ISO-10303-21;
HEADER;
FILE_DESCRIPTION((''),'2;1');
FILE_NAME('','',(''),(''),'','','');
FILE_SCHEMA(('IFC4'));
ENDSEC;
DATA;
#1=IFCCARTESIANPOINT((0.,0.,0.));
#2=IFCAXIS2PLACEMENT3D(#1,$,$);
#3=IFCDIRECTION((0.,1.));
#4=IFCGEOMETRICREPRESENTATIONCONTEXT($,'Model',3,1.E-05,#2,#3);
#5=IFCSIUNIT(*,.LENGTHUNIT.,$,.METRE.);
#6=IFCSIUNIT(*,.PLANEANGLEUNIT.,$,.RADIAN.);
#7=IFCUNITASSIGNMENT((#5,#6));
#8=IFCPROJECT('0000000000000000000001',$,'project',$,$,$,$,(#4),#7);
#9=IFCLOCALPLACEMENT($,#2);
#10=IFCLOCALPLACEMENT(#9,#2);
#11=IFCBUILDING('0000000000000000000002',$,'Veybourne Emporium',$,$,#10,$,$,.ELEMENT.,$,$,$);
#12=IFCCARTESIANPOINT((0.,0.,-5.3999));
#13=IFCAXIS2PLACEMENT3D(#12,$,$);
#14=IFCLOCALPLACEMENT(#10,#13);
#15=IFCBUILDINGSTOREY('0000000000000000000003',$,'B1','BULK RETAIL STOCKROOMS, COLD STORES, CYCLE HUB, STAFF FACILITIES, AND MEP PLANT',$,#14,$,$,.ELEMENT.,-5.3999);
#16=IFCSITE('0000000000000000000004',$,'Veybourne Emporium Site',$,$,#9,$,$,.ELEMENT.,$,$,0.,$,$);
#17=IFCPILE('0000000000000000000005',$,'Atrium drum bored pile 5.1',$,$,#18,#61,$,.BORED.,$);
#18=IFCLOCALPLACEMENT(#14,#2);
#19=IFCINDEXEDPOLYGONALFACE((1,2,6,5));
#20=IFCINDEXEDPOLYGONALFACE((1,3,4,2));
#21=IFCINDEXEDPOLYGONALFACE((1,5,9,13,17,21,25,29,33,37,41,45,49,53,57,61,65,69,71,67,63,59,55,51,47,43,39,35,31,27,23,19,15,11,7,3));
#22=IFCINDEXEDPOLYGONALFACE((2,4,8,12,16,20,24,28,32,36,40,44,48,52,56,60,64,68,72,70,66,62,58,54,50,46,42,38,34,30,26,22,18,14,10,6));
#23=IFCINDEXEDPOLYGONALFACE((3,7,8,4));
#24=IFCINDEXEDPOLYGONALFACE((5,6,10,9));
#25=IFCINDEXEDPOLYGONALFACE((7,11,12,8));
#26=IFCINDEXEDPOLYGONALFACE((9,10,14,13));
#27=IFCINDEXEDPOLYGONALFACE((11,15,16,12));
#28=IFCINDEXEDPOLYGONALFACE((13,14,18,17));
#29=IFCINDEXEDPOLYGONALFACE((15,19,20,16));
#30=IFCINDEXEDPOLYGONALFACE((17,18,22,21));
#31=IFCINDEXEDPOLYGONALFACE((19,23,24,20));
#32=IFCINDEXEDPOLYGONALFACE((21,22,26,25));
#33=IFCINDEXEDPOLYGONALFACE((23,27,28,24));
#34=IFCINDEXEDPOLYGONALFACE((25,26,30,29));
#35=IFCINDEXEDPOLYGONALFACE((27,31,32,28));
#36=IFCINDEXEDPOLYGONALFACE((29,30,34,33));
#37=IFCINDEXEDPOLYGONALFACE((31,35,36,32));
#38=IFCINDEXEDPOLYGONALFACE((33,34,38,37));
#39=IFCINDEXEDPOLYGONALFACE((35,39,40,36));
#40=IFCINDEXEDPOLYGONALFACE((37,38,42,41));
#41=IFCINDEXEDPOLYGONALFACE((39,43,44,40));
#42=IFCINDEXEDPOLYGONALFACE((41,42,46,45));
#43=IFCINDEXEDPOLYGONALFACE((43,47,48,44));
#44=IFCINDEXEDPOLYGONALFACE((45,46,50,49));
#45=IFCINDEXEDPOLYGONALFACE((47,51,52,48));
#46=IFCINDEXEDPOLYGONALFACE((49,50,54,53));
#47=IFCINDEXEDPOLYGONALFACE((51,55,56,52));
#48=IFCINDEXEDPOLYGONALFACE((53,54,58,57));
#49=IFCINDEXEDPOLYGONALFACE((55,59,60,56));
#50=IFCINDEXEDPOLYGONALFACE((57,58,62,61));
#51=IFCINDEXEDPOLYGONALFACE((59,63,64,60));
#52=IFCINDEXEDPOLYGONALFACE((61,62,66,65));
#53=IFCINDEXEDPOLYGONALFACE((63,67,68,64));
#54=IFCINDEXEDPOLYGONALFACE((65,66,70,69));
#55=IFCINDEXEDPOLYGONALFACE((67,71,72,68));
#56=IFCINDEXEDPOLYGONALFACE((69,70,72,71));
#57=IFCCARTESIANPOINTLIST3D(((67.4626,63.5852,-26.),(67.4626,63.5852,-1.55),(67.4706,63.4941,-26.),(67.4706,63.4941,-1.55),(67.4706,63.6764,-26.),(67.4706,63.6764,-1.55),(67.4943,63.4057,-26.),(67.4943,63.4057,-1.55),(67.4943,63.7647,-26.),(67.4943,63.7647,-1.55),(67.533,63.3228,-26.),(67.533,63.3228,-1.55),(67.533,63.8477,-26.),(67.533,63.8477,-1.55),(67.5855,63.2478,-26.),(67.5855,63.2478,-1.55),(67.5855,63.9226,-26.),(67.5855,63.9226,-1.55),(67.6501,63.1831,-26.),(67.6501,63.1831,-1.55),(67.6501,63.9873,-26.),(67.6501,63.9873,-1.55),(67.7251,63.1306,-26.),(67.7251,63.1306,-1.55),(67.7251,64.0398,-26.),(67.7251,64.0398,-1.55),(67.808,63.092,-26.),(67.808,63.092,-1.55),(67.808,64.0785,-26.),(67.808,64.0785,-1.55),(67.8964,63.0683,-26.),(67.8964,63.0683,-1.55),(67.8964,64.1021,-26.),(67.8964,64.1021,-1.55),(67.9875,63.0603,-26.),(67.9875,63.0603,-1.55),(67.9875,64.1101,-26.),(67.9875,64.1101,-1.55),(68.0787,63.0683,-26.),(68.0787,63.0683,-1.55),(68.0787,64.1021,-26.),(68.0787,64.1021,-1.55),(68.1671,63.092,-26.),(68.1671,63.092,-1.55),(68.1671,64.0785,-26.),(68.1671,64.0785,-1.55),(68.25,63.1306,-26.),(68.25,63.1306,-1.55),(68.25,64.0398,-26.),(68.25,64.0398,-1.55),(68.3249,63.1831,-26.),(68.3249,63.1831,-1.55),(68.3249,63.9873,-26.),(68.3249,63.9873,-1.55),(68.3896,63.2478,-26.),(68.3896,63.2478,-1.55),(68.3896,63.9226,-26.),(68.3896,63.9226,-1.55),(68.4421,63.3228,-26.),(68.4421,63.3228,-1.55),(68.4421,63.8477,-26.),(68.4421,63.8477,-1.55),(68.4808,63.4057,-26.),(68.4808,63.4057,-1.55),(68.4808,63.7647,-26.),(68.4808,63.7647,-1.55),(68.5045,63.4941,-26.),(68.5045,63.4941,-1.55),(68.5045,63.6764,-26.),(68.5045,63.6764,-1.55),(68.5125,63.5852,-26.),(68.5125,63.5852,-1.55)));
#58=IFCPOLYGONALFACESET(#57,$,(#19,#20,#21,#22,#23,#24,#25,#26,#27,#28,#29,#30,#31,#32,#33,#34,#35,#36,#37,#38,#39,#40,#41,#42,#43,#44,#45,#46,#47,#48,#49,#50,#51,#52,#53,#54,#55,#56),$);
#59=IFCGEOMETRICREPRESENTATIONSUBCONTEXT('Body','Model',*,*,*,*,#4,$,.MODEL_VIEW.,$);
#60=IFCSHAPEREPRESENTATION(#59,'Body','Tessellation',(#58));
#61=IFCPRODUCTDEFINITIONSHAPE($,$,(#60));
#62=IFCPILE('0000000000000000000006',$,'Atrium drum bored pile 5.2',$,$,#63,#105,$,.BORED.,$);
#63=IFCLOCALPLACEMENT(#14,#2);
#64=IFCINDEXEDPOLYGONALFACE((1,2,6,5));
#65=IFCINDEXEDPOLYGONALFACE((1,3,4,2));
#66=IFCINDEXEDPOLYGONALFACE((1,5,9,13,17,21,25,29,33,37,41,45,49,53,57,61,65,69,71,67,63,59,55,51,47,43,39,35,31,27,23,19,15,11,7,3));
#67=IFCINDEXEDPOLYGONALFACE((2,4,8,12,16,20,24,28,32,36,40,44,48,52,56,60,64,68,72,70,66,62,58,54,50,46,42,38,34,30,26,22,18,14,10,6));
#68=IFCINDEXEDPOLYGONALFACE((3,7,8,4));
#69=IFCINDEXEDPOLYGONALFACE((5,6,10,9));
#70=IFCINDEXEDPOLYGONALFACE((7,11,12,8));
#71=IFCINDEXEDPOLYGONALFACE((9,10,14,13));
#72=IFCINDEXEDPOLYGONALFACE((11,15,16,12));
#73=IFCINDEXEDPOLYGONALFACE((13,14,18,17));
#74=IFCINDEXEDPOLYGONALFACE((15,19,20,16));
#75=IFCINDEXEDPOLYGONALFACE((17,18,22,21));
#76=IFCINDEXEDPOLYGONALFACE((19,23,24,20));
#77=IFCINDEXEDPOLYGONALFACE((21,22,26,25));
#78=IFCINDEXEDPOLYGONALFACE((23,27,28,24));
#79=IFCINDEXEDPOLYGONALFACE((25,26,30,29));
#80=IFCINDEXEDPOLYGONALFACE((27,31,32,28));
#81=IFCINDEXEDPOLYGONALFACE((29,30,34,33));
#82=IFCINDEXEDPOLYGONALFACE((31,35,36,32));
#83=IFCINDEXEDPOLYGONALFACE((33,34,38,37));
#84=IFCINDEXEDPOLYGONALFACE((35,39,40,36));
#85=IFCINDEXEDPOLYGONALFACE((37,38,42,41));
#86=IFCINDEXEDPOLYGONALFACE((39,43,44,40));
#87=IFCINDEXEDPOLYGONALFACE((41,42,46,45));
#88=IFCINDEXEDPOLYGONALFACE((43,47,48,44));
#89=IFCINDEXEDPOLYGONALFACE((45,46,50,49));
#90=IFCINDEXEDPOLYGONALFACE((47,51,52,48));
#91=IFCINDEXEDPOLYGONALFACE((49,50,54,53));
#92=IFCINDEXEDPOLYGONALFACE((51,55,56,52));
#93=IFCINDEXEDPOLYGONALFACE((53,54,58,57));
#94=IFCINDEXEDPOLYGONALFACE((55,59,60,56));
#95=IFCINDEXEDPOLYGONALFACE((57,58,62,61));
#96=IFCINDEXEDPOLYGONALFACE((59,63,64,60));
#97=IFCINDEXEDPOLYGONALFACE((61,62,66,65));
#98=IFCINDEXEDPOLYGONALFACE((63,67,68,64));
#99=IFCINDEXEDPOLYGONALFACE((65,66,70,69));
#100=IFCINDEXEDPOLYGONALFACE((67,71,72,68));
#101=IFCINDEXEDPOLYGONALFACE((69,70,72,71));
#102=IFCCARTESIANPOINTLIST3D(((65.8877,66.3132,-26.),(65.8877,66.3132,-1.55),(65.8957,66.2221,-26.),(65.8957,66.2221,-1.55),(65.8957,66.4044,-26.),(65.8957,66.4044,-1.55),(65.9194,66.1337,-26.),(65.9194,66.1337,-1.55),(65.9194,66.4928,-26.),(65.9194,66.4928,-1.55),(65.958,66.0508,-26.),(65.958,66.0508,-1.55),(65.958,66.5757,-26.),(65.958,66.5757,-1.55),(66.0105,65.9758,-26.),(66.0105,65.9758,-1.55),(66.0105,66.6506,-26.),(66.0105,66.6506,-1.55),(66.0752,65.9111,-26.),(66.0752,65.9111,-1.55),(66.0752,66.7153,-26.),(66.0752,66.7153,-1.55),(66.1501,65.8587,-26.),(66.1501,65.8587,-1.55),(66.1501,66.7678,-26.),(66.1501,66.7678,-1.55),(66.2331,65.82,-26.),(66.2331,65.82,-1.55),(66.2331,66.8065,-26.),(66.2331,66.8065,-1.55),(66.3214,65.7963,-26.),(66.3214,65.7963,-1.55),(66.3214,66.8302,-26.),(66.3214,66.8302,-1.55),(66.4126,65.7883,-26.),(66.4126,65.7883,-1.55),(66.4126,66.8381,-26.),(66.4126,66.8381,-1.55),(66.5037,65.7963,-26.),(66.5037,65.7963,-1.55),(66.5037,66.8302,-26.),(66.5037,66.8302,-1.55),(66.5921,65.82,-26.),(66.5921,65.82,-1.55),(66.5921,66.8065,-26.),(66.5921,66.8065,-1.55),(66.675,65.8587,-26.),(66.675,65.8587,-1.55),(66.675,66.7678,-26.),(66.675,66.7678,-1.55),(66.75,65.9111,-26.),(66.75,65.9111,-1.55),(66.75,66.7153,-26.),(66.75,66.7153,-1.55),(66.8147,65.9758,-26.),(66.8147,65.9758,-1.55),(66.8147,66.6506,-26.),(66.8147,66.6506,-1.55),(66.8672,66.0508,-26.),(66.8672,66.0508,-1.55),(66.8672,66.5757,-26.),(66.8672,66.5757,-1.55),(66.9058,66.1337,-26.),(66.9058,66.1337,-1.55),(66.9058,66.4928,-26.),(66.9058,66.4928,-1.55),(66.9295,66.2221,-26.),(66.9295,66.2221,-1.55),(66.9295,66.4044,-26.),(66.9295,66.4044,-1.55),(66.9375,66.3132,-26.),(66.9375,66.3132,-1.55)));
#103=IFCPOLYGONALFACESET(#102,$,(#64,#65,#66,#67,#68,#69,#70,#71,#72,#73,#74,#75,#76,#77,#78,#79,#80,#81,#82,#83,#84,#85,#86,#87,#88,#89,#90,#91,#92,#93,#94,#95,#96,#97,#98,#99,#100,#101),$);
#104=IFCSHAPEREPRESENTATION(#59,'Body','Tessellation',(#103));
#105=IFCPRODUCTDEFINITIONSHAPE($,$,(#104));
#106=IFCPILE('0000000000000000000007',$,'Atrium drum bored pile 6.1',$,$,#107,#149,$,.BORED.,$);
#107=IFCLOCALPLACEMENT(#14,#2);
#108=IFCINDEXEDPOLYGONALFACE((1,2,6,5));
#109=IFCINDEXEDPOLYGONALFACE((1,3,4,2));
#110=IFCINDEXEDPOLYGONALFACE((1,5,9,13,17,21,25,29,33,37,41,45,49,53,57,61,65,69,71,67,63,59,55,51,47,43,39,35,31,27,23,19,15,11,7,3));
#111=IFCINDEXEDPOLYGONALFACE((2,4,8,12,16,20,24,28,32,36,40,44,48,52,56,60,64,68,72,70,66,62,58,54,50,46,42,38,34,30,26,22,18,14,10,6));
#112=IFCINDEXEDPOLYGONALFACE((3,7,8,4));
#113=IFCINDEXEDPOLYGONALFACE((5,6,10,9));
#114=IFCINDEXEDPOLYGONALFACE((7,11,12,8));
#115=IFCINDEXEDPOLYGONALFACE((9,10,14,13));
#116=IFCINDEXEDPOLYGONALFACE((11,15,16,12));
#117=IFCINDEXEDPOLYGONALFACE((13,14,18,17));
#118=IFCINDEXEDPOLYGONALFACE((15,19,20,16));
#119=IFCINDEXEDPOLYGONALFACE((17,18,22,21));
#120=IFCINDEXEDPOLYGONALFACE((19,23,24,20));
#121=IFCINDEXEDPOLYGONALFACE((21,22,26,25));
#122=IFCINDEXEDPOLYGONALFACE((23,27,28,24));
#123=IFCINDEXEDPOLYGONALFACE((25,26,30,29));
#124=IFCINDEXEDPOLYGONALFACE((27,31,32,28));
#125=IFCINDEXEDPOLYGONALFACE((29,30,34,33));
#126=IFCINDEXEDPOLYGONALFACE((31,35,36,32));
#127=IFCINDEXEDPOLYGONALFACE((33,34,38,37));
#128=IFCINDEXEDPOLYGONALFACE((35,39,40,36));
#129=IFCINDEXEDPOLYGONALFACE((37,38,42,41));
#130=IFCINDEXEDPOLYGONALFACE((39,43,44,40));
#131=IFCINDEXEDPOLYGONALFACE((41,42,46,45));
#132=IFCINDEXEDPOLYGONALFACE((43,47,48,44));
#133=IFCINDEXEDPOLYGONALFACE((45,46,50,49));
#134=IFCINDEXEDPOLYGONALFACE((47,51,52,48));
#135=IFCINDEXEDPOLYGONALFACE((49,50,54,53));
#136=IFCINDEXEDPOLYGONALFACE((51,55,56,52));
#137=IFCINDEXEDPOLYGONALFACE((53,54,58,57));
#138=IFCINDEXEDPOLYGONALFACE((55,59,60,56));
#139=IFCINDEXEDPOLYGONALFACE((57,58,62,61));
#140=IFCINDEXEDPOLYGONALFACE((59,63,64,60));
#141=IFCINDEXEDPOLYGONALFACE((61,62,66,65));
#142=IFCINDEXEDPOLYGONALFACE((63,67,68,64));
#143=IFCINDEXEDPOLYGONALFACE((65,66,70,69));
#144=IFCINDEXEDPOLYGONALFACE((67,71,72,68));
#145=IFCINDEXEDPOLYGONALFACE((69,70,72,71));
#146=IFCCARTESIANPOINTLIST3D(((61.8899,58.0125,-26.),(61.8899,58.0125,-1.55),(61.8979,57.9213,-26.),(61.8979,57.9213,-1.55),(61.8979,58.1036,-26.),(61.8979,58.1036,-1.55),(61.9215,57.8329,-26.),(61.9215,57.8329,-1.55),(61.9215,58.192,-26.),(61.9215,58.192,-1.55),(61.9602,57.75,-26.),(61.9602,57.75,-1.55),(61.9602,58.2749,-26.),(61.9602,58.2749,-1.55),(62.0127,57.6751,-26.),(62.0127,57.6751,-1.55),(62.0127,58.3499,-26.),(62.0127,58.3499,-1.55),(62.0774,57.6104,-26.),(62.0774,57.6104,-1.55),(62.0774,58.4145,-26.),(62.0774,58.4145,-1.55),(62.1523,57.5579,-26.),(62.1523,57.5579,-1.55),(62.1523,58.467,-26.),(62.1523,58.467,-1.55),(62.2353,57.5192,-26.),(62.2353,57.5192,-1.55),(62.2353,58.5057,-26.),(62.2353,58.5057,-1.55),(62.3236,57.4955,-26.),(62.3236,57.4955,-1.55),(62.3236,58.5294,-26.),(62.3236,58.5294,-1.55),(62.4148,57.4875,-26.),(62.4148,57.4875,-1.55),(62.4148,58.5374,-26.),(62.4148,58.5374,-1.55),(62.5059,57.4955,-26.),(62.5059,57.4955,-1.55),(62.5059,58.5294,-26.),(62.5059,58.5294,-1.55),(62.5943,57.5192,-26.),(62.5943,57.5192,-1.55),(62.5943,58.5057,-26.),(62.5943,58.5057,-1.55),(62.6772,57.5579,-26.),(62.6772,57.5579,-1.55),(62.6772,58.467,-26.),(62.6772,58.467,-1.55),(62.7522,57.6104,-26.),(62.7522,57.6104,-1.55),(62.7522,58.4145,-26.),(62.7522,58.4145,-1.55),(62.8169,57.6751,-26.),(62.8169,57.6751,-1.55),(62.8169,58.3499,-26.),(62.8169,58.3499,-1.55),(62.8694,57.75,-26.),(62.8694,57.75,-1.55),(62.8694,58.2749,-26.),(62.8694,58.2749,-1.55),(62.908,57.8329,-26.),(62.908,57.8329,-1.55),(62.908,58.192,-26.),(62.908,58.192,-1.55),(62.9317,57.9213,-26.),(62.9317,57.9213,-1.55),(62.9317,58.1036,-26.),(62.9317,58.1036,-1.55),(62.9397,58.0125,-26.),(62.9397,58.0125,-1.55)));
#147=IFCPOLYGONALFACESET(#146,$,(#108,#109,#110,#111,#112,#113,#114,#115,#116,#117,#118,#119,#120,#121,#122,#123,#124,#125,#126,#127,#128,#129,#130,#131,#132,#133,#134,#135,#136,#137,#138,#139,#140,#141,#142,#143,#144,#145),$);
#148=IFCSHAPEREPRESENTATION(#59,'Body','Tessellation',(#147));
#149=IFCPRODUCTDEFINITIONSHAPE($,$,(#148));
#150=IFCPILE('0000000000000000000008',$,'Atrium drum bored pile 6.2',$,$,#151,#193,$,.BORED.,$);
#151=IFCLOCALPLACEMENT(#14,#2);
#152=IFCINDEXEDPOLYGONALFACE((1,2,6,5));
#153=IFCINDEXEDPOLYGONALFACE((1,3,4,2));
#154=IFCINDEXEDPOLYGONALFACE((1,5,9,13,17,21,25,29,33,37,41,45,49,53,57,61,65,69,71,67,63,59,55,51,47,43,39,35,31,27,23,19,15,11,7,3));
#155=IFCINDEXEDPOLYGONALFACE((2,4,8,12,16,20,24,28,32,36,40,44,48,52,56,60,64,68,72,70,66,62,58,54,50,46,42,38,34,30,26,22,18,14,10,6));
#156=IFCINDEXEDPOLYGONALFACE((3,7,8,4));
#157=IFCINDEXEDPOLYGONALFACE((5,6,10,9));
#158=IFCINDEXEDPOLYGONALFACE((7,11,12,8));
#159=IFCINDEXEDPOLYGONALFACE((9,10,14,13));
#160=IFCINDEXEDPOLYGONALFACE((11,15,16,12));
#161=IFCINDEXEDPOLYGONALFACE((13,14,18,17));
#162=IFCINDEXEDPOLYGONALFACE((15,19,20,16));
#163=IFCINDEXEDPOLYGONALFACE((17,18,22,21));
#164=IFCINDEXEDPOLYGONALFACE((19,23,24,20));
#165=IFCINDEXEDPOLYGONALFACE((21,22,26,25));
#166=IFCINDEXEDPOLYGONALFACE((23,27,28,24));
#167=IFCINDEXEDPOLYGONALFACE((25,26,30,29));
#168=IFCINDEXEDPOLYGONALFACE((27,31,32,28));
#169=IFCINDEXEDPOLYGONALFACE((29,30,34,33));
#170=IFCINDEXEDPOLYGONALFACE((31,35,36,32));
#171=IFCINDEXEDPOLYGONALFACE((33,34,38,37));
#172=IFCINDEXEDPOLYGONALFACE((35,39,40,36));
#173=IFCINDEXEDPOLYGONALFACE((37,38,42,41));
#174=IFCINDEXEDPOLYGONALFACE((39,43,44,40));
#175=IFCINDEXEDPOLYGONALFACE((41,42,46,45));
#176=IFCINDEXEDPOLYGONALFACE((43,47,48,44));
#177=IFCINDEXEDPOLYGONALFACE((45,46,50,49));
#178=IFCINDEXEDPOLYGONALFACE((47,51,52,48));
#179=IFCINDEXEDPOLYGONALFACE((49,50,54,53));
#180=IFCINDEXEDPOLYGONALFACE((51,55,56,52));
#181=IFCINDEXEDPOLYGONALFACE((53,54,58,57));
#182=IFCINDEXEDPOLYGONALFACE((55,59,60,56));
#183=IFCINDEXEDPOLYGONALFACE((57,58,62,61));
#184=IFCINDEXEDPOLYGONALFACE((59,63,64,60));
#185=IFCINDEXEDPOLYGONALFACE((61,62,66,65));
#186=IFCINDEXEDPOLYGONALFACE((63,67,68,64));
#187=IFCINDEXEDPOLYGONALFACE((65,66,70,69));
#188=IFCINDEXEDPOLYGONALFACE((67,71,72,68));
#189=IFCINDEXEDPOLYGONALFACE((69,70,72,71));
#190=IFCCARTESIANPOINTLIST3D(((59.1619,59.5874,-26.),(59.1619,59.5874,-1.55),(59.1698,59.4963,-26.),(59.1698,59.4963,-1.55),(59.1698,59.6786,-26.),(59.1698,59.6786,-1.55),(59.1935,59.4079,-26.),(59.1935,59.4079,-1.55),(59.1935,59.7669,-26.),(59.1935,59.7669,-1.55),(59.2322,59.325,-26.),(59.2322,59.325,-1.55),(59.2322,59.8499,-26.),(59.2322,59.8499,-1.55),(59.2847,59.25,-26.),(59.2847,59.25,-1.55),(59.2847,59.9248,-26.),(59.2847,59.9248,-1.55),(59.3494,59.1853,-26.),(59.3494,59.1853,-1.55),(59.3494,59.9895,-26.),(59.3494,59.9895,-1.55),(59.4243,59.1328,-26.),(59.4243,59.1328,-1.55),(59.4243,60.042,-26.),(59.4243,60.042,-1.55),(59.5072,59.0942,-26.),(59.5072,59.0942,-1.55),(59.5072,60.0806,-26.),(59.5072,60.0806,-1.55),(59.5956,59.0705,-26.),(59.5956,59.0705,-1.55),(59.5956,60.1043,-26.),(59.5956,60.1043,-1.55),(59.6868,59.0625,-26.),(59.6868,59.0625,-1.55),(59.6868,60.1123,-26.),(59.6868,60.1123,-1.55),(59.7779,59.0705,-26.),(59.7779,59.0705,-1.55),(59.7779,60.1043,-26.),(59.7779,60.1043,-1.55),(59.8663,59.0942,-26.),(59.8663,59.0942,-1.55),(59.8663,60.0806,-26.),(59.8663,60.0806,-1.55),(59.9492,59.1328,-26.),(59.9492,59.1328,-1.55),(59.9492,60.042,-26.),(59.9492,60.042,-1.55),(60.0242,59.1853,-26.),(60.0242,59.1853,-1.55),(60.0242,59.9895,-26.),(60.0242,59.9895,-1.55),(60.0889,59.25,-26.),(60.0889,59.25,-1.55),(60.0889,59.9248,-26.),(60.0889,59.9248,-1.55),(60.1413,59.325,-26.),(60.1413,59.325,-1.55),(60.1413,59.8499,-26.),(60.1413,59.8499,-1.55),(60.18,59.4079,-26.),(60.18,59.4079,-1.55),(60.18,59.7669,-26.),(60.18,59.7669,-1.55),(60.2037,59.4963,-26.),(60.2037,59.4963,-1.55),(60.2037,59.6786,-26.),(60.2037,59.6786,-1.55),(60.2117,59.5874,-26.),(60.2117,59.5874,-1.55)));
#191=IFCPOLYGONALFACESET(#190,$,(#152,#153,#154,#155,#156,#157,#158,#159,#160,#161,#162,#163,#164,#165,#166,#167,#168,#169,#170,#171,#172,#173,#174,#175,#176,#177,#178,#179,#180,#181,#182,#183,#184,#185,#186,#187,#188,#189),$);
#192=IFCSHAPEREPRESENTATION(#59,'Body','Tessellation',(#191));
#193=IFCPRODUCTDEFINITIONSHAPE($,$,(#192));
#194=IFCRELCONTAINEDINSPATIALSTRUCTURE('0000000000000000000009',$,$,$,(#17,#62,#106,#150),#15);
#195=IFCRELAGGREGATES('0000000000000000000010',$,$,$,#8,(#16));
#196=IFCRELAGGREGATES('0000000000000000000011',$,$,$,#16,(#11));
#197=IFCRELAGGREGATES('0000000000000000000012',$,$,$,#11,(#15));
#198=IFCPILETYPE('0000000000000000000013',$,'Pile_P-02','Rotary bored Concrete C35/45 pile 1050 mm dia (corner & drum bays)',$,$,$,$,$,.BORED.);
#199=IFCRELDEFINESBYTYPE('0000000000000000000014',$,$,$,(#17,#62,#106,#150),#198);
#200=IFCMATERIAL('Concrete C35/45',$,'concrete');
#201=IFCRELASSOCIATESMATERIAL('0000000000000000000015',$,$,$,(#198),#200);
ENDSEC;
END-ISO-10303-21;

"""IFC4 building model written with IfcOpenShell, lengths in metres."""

from ifc_helpers import new_model, si_unit, direction, frame, origin, origin_2d, place, context, subcontext, project, spatial, circle, extrude, material, material_profile, profile_set, type_object, element, save


model = new_model("IFC4")

# Units and contexts
model_context = context("Model", 3, precision=1e-05, world=origin(), true_north=direction((0.0, 1.0)))
body_context = subcontext(model_context, "Body", "Model", "MODEL_VIEW")
ifc_project = project(units=[si_unit("LENGTHUNIT", "METRE"), si_unit("PLANEANGLEUNIT", "RADIAN")], contexts=[model_context])

# Site, building, storey
site_placement = place(None, origin())
site = spatial("IfcSite", under=ifc_project, at=site_placement, Name="Veybourne Emporium Site", CompositionType="ELEMENT", RefElevation=0.0)
building_placement = place(site_placement, origin())
building = spatial("IfcBuilding", under=site, at=building_placement, Name="Veybourne Emporium", CompositionType="ELEMENT")
storey_placement = place(building_placement, frame((0.0, 0.0, -5.3999)))
storey = spatial("IfcBuildingStorey", under=building, at=storey_placement, Name="B1", Description="BULK RETAIL STOCKROOMS, COLD STORES, CYCLE HUB, STAFF FACILITIES, AND MEP PLANT", CompositionType="ELEMENT", Elevation=-5.3999)

# Shared definitions
ifc_material_1 = material(Name="Concrete C35/45", Category="concrete")

# Piles
ifc_material_profile_1 = material_profile(ifc_material_1, circle(Radius=0.5249, at=origin_2d()), Name="BORED PILE 1050")
ifc_profile_set_1 = profile_set([ifc_material_profile_1], Name="Concrete C35/45")
pile_type_1 = type_object("IfcPileType", Name="Pile_P-02", Description="Rotary bored Concrete C35/45 pile 1050 mm dia (corner & drum bays)", PredefinedType="BORED", material=ifc_profile_set_1)
for number, where, z_axis, x_axis, name in (
    (1, (67.9875, 63.5852, -1.55), (0.0, 0.0, -1.0), (1.0, 0.0, 0.0), "Atrium drum bored pile 5.1"),
    (2, (66.4126, 66.3132, -1.55), (0.0, 0.0, -1.0), (1.0, 0.0, 0.0), "Atrium drum bored pile 5.2"),
    (3, (62.4148, 58.0125, -1.55), (0.0, 0.0, -1.0), (1.0, 0.0, 0.0), "Atrium drum bored pile 6.1"),
    (4, (59.6868, 59.5874, -1.55), (0.0, 0.0, -1.0), (1.0, 0.0, 0.0), "Atrium drum bored pile 6.2"),
):
    element("IfcPile", number, at=place(storey_placement, frame(where, z_axis=z_axis, x_axis=x_axis)), inside=storey, type_object=pile_type_1, Name=name, PredefinedType="BORED", context=body_context, shape_type="SweptSolid", body=[
        extrude(circle(Radius=0.5249, at=origin_2d()), origin(), (0.0, 0.0, 1.0), 24.45),
    ])

save(model, "model.ifc")
